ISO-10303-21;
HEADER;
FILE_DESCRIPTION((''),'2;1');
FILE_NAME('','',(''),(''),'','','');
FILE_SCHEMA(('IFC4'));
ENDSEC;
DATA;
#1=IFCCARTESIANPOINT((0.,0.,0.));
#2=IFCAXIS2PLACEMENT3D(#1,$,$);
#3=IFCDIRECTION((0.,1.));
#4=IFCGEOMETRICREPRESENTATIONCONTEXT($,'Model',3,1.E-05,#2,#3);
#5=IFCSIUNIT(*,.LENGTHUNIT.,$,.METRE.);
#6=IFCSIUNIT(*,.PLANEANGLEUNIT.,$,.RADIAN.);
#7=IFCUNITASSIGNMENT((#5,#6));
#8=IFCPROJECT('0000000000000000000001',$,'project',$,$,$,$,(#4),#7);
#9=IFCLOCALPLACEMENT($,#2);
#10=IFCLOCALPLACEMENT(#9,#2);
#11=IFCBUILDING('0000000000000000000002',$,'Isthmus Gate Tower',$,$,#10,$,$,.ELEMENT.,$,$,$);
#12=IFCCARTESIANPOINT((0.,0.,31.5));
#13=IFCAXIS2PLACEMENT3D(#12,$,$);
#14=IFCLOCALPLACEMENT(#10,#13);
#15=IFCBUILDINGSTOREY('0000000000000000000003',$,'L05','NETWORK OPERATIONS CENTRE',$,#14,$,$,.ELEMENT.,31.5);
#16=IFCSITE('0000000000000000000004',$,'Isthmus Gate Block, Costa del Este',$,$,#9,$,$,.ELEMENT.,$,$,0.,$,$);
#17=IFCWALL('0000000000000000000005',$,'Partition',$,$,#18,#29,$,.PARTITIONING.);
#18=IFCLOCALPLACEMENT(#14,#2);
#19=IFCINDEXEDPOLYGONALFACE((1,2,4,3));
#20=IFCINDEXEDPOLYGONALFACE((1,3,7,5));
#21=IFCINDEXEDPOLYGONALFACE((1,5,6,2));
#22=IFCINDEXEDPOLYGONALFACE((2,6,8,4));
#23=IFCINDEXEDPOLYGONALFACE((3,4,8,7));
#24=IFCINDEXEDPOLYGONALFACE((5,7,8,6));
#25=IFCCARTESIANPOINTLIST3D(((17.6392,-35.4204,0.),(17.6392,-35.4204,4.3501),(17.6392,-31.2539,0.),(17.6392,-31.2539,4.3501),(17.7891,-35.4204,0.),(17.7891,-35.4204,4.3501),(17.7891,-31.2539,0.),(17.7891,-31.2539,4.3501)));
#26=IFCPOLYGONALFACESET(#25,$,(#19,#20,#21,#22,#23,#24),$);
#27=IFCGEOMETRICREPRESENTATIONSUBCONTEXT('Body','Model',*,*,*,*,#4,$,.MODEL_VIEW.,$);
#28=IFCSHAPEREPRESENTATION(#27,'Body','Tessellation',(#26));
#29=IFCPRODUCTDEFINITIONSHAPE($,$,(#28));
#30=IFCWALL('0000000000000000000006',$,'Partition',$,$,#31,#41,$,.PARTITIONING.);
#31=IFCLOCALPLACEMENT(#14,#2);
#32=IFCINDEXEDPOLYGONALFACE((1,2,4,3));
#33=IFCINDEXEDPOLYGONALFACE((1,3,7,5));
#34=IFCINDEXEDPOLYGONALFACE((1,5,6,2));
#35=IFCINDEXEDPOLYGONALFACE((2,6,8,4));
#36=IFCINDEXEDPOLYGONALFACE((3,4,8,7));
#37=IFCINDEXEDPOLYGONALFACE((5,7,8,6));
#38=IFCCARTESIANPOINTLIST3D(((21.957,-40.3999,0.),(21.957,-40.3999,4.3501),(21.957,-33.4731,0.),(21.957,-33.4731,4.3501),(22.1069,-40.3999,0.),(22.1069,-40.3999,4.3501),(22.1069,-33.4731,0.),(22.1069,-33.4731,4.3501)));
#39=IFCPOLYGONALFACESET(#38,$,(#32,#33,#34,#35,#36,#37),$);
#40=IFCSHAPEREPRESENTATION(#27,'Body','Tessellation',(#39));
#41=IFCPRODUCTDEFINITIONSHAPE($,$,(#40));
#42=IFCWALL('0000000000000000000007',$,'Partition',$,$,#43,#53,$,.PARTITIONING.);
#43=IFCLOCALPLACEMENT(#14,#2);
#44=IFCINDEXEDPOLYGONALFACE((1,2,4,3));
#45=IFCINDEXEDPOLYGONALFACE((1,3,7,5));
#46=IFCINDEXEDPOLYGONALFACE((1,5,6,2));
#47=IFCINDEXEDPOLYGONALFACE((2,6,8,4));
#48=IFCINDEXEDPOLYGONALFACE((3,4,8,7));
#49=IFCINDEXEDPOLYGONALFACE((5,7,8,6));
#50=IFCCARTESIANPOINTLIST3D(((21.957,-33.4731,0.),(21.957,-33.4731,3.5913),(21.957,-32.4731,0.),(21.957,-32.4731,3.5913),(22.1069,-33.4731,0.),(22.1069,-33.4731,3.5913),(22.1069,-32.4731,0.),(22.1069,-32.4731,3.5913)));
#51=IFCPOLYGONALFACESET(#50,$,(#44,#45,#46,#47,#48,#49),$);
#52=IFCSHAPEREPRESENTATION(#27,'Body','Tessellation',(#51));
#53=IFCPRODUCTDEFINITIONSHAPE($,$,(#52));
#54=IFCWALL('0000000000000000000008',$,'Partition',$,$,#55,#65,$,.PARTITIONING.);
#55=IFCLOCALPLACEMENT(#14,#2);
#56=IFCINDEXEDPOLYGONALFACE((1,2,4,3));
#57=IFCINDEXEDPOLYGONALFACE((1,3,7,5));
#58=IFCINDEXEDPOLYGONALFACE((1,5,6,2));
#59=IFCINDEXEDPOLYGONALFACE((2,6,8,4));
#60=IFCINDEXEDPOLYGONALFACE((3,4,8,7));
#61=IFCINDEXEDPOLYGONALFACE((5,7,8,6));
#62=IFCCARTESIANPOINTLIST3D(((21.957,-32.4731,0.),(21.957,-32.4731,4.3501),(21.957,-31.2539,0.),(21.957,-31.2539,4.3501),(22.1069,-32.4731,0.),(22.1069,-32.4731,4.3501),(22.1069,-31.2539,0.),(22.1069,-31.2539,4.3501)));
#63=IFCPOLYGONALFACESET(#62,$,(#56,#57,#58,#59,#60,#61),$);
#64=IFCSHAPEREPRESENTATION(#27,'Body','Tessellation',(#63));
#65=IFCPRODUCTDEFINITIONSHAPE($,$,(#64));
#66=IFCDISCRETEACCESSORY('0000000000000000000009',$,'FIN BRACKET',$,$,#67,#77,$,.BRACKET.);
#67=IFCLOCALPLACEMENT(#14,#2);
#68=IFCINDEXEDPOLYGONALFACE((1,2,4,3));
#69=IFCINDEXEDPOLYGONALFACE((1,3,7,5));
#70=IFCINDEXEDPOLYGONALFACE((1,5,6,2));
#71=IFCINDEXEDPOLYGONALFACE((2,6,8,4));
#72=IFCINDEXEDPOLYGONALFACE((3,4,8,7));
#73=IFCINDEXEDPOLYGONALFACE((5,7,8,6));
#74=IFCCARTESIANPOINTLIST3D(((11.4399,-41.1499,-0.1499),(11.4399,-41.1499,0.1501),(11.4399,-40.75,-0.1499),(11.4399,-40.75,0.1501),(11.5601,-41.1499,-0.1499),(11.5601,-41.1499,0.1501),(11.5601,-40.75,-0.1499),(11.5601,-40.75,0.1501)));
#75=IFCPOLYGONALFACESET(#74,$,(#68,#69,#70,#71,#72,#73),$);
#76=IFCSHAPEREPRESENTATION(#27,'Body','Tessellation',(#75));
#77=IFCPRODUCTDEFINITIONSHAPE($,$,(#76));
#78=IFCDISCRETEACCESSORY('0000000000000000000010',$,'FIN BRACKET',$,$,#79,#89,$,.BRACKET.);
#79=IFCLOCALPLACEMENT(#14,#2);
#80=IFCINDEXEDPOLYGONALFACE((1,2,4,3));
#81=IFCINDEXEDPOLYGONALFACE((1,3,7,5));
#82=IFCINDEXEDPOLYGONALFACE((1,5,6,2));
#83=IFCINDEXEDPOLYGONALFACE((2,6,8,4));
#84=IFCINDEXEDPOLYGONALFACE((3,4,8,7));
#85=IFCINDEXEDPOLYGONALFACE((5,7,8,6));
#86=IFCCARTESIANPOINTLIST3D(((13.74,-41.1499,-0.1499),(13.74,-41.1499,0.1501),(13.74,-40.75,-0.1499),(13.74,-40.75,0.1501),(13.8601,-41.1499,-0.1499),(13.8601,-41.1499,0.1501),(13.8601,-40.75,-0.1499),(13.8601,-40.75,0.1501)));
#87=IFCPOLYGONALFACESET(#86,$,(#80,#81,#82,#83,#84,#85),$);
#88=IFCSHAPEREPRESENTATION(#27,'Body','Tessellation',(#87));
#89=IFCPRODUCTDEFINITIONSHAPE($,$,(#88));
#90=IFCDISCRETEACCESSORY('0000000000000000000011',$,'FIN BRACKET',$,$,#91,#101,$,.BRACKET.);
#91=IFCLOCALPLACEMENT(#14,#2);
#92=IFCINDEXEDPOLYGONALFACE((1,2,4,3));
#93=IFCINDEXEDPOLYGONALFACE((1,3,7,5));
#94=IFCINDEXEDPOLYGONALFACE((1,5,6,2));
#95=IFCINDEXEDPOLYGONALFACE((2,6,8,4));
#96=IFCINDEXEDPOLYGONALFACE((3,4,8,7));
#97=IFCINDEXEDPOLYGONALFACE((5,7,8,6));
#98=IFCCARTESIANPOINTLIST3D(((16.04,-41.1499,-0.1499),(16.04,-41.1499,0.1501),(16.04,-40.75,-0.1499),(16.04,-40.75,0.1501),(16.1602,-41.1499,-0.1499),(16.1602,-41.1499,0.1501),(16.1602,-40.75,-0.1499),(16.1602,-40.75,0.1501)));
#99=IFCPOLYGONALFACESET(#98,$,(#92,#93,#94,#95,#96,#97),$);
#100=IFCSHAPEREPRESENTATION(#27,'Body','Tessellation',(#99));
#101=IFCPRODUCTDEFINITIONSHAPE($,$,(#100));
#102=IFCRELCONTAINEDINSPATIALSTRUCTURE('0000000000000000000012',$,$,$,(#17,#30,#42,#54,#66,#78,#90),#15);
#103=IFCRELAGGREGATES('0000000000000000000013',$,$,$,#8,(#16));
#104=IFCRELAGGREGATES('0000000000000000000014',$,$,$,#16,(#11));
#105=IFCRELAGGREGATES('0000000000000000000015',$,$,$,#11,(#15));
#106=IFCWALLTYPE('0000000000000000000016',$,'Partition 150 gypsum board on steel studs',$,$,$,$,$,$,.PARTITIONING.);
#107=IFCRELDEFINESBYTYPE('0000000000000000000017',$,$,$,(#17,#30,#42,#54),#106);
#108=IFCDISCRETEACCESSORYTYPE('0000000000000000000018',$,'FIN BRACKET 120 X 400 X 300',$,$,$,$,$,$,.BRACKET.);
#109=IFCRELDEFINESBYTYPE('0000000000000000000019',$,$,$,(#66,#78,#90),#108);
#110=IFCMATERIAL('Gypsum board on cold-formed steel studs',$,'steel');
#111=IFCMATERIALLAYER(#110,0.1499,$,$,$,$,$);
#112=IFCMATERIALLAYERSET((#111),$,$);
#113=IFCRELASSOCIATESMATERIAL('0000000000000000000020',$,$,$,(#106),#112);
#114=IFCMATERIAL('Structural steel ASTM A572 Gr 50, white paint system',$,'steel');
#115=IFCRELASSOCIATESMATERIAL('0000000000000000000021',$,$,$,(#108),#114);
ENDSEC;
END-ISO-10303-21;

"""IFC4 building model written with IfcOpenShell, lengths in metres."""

from ifc_helpers import new_model, si_unit, direction, frame, frame_2d, origin, origin_2d, place, context, subcontext, project, spatial, rectangle, extrude, material, layer, layer_set, type_object, element, save


model = new_model("IFC4")

# Units and contexts
model_context = context("Model", 3, precision=1e-05, world=origin(), true_north=direction((0.0, 1.0)))
body_context = subcontext(model_context, "Body", "Model", "MODEL_VIEW")
ifc_project = project(units=[si_unit("LENGTHUNIT", "METRE"), si_unit("PLANEANGLEUNIT", "RADIAN")], contexts=[model_context])

# Site, building, storey
site_placement = place(None, origin())
site = spatial("IfcSite", under=ifc_project, at=site_placement, Name="Isthmus Gate Block, Costa del Este", CompositionType="ELEMENT", RefElevation=0.0)
building_placement = place(site_placement, origin())
building = spatial("IfcBuilding", under=site, at=building_placement, Name="Isthmus Gate Tower", CompositionType="ELEMENT")
storey_placement = place(building_placement, frame((0.0, 0.0, 31.5)))
storey = spatial("IfcBuildingStorey", under=building, at=storey_placement, Name="L05", Description="NETWORK OPERATIONS CENTRE", CompositionType="ELEMENT", Elevation=31.5)

# Shared definitions
ifc_material_1 = material(Name="Gypsum board on cold-formed steel studs", Category="steel")
ifc_layer_1 = layer(ifc_material_1, 0.1499)
ifc_layer_set_1 = layer_set([ifc_layer_1])
wall_type_1 = type_object("IfcWallType", Name="Partition 150 gypsum board on steel studs", PredefinedType="PARTITIONING", material=ifc_layer_set_1)

# Walls
wall_1_placement = place(storey_placement, frame((17.7141, -35.4204, 0.0), z_axis=(0.0, 0.0, 1.0), x_axis=(0.0, 1.0, 0.0)))
element("IfcWall", 1, at=wall_1_placement, inside=storey, type_object=wall_type_1, Name="Partition", PredefinedType="PARTITIONING", context=body_context, shape_type="SweptSolid", body=[
    extrude(rectangle(XDim=4.1665, YDim=0.1499, at=frame_2d((2.0833, 0.0))), origin(), (0.0, 0.0, 1.0), 4.3501),
])
wall_2_placement = place(storey_placement, frame((22.032, -40.3999, 0.0), z_axis=(0.0, 0.0, 1.0), x_axis=(0.0, 1.0, 0.0)))
element("IfcWall", 2, at=wall_2_placement, inside=storey, type_object=wall_type_1, Name="Partition", PredefinedType="PARTITIONING", context=body_context, shape_type="SweptSolid", body=[
    extrude(rectangle(XDim=6.9268, YDim=0.1499, at=frame_2d((3.4634, 0.0))), origin(), (0.0, 0.0, 1.0), 4.3501),
])
wall_3_placement = place(storey_placement, frame((22.032, -33.4731, 0.0), z_axis=(0.0, 0.0, 1.0), x_axis=(0.0, 1.0, 0.0)))
element("IfcWall", 3, at=wall_3_placement, inside=storey, type_object=wall_type_1, Name="Partition", PredefinedType="PARTITIONING", context=body_context, shape_type="SweptSolid", body=[
    extrude(rectangle(XDim=1.0, YDim=0.1499, at=frame_2d((0.5, 0.0))), origin(), (0.0, 0.0, 1.0), 3.5913),
])
wall_4_placement = place(storey_placement, frame((22.032, -32.4731, 0.0), z_axis=(0.0, 0.0, 1.0), x_axis=(0.0, 1.0, 0.0)))
element("IfcWall", 4, at=wall_4_placement, inside=storey, type_object=wall_type_1, Name="Partition", PredefinedType="PARTITIONING", context=body_context, shape_type="SweptSolid", body=[
    extrude(rectangle(XDim=1.2192, YDim=0.1499, at=frame_2d((0.6096, 0.0))), origin(), (0.0, 0.0, 1.0), 4.3501),
])

# Discrete accessories
ifc_material_2 = material(Name="Structural steel ASTM A572 Gr 50, white paint system", Category="steel")
discrete_accessory_type = type_object("IfcDiscreteAccessoryType", Name="FIN BRACKET 120 X 400 X 300", PredefinedType="BRACKET", material=ifc_material_2)
for number, where, z_axis, x_axis, name in (
    (5, (11.5, -40.95, -0.1499), (0.0, 0.0, 1.0), (0.0, -1.0, 0.0), "FIN BRACKET"),
    (6, (13.8, -40.95, -0.1499), (0.0, 0.0, 1.0), (0.0, -1.0, 0.0), "FIN BRACKET"),
    (7, (16.1001, -40.95, -0.1499), (0.0, 0.0, 1.0), (0.0, -1.0, 0.0), "FIN BRACKET"),
):
    element("IfcDiscreteAccessory", number, at=place(storey_placement, frame(where, z_axis=z_axis, x_axis=x_axis)), inside=storey, type_object=discrete_accessory_type, Name=name, PredefinedType="BRACKET", context=body_context, shape_type="SweptSolid", body=[
        extrude(rectangle(XDim=0.3999, YDim=0.1201, at=origin_2d()), origin(), (0.0, 0.0, 1.0), 0.3),
    ])

save(model, "model.ifc")
